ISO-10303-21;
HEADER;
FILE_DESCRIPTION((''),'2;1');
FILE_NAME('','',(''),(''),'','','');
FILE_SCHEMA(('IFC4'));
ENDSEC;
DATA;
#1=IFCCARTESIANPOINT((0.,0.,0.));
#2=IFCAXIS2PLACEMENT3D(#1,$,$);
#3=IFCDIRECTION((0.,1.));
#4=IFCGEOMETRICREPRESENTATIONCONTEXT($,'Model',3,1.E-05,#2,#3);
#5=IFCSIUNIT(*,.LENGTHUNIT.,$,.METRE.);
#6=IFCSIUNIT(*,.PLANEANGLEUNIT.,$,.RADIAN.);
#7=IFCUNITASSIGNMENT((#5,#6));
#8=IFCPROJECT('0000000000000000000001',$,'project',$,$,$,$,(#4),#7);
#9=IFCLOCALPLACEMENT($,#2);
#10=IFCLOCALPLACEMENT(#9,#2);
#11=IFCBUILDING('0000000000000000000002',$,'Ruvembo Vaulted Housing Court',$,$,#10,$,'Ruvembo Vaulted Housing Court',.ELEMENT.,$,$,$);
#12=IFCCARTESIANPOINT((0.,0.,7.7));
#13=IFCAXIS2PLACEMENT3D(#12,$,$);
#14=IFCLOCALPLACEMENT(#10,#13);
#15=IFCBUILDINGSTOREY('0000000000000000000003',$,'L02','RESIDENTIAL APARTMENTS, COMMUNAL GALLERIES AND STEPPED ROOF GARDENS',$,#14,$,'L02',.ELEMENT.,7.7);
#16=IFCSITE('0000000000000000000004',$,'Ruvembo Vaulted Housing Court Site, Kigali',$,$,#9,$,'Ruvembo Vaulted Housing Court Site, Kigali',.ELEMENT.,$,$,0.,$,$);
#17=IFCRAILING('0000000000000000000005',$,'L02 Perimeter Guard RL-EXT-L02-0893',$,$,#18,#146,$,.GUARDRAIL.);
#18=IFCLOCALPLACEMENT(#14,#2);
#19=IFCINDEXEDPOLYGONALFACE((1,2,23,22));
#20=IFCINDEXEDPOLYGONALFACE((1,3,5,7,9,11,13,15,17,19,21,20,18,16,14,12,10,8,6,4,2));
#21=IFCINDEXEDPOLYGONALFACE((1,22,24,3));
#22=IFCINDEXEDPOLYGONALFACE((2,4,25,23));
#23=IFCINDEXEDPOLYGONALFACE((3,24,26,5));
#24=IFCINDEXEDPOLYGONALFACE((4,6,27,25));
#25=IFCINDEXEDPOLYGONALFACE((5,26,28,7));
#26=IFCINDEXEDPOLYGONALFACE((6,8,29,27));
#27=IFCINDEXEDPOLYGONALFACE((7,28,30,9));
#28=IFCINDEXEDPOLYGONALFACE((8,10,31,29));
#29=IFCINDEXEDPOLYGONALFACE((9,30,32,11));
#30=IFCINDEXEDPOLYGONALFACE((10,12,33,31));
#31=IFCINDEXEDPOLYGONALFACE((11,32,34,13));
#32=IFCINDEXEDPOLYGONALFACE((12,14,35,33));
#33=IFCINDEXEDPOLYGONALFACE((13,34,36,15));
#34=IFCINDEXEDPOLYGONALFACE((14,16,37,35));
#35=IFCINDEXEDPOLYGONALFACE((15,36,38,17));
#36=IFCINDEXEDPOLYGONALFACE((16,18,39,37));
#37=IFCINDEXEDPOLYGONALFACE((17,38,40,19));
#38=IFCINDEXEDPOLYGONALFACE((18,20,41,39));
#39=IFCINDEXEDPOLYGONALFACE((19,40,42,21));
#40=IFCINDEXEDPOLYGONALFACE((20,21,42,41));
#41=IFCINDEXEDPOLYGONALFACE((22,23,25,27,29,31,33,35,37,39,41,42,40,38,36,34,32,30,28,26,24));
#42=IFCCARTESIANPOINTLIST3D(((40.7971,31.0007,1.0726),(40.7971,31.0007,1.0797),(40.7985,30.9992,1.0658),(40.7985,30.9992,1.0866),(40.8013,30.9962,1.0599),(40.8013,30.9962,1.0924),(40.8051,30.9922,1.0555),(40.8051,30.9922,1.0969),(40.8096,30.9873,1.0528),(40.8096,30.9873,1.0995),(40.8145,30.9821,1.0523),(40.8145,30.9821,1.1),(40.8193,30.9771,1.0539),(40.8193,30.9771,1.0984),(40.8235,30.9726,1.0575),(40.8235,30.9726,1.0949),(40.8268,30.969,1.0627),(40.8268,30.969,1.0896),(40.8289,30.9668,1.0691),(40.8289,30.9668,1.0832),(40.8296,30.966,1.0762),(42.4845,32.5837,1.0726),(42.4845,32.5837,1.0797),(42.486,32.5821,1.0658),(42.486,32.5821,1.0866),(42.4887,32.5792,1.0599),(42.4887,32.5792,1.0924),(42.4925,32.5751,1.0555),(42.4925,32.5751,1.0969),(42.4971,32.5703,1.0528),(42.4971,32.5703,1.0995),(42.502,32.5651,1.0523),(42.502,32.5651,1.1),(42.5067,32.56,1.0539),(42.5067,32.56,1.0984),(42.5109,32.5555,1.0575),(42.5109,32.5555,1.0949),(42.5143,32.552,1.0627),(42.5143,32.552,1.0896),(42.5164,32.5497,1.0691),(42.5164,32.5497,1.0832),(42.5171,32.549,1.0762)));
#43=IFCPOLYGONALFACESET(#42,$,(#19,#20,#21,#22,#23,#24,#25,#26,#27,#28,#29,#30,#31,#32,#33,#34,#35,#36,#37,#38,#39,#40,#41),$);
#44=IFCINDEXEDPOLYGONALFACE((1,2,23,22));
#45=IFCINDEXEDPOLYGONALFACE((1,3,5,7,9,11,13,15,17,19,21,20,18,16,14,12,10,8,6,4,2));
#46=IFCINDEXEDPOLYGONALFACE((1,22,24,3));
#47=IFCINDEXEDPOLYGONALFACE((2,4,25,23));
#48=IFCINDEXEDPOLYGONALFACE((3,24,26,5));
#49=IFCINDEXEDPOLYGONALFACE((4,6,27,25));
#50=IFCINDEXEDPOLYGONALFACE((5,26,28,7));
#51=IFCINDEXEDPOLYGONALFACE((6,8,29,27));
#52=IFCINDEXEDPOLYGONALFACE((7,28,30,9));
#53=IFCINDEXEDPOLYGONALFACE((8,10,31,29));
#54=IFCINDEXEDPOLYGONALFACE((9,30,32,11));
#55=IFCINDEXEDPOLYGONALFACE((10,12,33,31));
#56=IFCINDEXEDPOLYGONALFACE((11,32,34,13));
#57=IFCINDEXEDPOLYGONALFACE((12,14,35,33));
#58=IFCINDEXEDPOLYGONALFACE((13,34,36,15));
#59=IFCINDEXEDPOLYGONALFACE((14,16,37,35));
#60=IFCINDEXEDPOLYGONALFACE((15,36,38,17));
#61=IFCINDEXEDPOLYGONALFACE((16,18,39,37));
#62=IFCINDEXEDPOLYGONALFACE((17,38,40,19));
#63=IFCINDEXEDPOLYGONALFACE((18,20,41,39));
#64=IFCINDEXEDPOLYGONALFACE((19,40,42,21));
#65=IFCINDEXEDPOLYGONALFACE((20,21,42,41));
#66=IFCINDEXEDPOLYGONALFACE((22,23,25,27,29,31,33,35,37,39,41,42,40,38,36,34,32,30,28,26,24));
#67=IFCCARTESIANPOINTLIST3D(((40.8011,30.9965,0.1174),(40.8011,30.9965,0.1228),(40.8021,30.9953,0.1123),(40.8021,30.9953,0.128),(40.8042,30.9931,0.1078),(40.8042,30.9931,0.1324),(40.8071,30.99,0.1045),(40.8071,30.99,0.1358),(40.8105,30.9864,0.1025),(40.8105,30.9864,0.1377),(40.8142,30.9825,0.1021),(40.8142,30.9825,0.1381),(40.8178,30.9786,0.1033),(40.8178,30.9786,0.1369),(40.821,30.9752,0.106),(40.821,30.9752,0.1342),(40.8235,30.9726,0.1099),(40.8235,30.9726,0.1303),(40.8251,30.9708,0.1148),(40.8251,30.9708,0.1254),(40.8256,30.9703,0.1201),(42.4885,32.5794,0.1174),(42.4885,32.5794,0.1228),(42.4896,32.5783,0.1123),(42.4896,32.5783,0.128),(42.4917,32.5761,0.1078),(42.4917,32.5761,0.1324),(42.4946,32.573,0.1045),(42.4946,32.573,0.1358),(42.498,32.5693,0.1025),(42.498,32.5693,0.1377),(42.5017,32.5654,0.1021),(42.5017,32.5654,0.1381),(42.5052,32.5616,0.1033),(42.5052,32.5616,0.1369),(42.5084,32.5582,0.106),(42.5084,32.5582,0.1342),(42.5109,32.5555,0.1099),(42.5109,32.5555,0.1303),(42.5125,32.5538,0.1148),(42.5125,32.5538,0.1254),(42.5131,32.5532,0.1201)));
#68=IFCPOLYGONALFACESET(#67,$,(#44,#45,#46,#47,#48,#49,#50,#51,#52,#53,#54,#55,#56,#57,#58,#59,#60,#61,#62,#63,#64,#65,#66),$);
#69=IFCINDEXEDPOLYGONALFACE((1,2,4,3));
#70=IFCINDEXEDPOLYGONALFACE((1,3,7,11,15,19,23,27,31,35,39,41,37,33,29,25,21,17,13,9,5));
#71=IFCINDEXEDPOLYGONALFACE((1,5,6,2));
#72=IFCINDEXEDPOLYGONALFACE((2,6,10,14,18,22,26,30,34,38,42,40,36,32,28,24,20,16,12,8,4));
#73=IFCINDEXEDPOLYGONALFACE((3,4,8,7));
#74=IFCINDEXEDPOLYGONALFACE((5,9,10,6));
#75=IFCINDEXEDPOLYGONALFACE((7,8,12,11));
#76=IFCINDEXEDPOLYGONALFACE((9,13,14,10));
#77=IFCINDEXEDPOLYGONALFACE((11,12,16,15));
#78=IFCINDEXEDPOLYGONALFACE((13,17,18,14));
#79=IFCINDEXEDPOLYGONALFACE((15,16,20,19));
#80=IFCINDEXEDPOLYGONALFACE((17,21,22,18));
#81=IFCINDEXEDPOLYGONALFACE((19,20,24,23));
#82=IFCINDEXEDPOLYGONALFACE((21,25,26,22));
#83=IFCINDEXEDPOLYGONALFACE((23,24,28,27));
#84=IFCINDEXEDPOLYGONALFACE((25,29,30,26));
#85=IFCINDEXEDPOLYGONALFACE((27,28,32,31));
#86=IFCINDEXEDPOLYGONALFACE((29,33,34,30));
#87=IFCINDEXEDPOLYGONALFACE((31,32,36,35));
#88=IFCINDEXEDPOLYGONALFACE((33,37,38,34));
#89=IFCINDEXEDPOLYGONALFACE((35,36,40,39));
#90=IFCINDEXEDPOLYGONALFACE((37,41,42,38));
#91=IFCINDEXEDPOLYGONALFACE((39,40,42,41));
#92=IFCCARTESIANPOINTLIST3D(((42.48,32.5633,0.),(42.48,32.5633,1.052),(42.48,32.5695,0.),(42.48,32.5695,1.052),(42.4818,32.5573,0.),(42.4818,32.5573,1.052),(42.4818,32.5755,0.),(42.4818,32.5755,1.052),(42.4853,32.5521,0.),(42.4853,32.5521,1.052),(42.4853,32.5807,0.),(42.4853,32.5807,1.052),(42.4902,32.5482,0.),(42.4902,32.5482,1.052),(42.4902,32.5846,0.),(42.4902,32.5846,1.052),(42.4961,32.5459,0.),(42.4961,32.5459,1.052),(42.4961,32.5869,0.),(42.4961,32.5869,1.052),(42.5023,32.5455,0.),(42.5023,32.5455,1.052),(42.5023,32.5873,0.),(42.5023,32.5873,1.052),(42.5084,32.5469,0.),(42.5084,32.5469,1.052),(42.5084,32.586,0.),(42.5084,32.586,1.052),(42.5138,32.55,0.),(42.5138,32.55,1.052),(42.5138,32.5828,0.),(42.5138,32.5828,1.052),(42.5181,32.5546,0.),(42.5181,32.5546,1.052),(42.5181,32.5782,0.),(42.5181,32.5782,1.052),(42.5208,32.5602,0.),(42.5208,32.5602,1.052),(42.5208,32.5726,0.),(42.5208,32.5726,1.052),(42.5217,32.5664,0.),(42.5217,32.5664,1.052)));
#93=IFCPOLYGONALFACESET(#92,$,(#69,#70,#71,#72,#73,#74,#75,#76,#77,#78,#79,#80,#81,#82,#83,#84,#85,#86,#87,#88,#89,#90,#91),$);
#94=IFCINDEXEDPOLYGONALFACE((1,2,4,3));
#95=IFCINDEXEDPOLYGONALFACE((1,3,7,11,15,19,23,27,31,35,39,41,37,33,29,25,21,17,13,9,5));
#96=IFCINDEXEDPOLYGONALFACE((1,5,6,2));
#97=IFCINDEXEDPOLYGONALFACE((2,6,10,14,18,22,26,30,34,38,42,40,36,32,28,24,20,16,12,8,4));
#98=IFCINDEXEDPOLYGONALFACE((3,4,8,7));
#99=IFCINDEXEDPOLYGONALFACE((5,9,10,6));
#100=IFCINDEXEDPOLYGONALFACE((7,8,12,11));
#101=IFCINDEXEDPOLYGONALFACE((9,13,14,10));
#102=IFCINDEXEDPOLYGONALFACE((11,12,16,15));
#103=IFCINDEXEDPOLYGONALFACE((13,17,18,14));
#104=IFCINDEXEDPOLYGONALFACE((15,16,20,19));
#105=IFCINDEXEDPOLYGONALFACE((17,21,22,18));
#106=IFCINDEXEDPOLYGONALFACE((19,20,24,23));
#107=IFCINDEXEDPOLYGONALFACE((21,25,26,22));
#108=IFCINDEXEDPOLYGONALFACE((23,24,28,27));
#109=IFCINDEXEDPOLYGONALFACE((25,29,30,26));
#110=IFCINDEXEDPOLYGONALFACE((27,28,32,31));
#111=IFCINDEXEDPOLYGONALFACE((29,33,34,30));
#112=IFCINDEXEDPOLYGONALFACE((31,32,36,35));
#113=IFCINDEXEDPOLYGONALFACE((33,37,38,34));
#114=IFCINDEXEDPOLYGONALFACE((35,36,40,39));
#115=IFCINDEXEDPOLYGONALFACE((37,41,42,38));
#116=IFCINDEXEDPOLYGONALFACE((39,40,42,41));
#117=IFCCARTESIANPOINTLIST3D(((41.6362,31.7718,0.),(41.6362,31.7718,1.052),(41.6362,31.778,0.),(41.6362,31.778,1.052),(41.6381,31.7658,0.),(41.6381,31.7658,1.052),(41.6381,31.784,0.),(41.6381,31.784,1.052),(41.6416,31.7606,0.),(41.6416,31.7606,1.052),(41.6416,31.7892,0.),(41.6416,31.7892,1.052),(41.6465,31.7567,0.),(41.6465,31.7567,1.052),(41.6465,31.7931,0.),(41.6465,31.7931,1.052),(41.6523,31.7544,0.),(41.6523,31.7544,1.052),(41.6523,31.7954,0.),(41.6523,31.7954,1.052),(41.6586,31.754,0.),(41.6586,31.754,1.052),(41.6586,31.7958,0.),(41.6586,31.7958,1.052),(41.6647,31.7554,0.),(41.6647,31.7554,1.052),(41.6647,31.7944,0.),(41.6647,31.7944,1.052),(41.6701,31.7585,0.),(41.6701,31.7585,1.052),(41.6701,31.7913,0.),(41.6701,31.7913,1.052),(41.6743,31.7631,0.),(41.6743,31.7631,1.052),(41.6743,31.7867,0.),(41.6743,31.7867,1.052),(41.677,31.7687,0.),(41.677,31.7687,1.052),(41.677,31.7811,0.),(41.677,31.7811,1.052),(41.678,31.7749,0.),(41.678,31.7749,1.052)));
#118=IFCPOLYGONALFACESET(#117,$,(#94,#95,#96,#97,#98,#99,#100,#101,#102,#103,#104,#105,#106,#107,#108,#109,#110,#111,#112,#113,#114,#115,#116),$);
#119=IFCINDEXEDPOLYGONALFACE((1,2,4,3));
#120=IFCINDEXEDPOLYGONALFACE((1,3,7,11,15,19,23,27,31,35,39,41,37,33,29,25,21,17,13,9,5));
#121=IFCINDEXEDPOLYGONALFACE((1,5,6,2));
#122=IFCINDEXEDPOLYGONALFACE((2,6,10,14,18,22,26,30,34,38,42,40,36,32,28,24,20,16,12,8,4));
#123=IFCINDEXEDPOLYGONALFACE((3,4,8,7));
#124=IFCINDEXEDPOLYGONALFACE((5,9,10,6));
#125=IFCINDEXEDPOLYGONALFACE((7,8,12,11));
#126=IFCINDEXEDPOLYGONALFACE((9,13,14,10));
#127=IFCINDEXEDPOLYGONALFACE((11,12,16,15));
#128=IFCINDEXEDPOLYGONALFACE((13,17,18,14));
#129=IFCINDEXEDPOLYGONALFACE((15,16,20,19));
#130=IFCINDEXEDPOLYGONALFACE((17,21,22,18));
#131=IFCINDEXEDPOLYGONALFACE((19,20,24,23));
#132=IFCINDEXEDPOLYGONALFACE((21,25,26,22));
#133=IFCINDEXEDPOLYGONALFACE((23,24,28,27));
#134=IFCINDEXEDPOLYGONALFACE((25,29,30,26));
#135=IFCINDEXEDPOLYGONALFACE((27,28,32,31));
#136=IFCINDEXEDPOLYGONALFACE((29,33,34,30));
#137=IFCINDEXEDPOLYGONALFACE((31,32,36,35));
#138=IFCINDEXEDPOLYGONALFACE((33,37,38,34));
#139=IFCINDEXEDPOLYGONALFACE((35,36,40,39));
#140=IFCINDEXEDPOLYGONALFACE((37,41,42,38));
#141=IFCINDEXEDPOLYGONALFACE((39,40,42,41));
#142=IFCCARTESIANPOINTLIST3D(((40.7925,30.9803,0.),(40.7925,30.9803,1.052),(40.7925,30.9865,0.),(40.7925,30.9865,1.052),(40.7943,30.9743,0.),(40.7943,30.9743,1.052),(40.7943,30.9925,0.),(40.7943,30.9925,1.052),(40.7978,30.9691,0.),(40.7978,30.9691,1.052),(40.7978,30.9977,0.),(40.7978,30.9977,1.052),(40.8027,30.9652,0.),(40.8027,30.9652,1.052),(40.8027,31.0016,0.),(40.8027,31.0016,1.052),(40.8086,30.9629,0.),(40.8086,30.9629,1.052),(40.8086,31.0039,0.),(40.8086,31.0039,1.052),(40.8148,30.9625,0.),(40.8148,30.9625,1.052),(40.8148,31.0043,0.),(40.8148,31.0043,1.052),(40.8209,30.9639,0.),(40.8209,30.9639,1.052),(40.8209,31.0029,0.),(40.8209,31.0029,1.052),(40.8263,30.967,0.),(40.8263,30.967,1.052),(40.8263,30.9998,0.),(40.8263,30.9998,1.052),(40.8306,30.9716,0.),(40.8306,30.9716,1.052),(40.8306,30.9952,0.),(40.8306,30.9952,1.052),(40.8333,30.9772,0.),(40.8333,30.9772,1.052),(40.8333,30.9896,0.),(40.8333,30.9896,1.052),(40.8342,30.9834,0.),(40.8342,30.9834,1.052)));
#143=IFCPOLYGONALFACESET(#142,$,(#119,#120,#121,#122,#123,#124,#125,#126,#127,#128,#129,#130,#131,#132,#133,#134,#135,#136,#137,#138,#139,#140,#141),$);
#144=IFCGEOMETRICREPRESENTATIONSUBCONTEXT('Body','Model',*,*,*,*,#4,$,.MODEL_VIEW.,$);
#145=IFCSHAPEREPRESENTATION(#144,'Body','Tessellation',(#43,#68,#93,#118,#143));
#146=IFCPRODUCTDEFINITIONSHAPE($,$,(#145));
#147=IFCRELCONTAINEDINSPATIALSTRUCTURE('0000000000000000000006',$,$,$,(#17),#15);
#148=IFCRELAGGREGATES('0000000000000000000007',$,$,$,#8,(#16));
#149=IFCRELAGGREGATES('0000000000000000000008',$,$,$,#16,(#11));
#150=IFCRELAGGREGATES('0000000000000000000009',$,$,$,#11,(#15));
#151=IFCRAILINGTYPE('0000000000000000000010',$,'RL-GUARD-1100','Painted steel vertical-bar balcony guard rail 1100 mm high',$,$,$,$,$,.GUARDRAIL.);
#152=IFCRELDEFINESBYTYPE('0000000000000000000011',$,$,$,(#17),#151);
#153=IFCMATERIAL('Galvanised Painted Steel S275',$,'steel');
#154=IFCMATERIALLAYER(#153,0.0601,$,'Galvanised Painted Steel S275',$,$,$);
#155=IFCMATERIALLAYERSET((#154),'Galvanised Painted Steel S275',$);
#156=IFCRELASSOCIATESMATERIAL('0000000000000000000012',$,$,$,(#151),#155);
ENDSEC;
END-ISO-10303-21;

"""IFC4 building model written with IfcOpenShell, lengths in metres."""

from ifc_helpers import new_model, si_unit, direction, frame, origin, origin_2d, place, context, subcontext, project, spatial, circle, extrude, material, layer, layer_set, type_object, element, save


model = new_model("IFC4")

# Units and contexts
model_context = context("Model", 3, precision=1e-05, world=origin(), true_north=direction((0.0, 1.0)))
body_context = subcontext(model_context, "Body", "Model", "MODEL_VIEW")
ifc_project = project(units=[si_unit("LENGTHUNIT", "METRE"), si_unit("PLANEANGLEUNIT", "RADIAN")], contexts=[model_context])

# Site, building, storey
site_placement = place(None, origin())
site = spatial("IfcSite", under=ifc_project, at=site_placement, Name="Ruvembo Vaulted Housing Court Site, Kigali", LongName="Ruvembo Vaulted Housing Court Site, Kigali", CompositionType="ELEMENT", RefElevation=0.0)
building_placement = place(site_placement, origin())
building = spatial("IfcBuilding", under=site, at=building_placement, Name="Ruvembo Vaulted Housing Court", LongName="Ruvembo Vaulted Housing Court", CompositionType="ELEMENT")
storey_placement = place(building_placement, frame((0.0, 0.0, 7.7)))
storey = spatial("IfcBuildingStorey", under=building, at=storey_placement, Name="L02", Description="RESIDENTIAL APARTMENTS, COMMUNAL GALLERIES AND STEPPED ROOF GARDENS", LongName="L02", CompositionType="ELEMENT", Elevation=7.7)

# Railing
ifc_material_1 = material(Name="Galvanised Painted Steel S275", Category="steel")
ifc_layer_1 = layer(ifc_material_1, 0.0601, Name="Galvanised Painted Steel S275")
ifc_layer_set_1 = layer_set([ifc_layer_1], Name="Galvanised Painted Steel S275")
railing_type_1 = type_object("IfcRailingType", Name="RL-GUARD-1100", Description="Painted steel vertical-bar balcony guard rail 1100 mm high", PredefinedType="GUARDRAIL", material=ifc_layer_set_1)
railing_1_placement = place(storey_placement, frame((42.5007, 32.5664, 0.0)))
element("IfcRailing", 1, at=railing_1_placement, inside=storey, type_object=railing_type_1, Name="L02 Perimeter Guard RL-EXT-L02-0893", PredefinedType="GUARDRAIL", context=body_context, shape_type="SweptSolid", body=[
    extrude(circle(Radius=0.0239, at=origin_2d()), frame((0.0, 0.0, 1.0762), z_axis=(-0.729327, -0.684166, 0.0), x_axis=(0.684166, -0.729327, 0.0)), (0.0, 0.0, 1.0), 2.3137),
    extrude(circle(Radius=0.0181, at=origin_2d()), frame((0.0, 0.0, 0.1201), z_axis=(-0.729327, -0.684166, 0.0), x_axis=(0.684166, -0.729327, 0.0)), (0.0, 0.0, 1.0), 2.3137),
    extrude(circle(Radius=0.021, at=origin_2d()), origin(), (0.0, 0.0, 1.0), 1.052),
    extrude(circle(Radius=0.021, at=origin_2d()), frame((-0.8438, -0.7915, 0.0)), (0.0, 0.0, 1.0), 1.052),
    extrude(circle(Radius=0.021, at=origin_2d()), frame((-1.6875, -1.583, 0.0)), (0.0, 0.0, 1.0), 1.052),
])

save(model, "model.ifc")
